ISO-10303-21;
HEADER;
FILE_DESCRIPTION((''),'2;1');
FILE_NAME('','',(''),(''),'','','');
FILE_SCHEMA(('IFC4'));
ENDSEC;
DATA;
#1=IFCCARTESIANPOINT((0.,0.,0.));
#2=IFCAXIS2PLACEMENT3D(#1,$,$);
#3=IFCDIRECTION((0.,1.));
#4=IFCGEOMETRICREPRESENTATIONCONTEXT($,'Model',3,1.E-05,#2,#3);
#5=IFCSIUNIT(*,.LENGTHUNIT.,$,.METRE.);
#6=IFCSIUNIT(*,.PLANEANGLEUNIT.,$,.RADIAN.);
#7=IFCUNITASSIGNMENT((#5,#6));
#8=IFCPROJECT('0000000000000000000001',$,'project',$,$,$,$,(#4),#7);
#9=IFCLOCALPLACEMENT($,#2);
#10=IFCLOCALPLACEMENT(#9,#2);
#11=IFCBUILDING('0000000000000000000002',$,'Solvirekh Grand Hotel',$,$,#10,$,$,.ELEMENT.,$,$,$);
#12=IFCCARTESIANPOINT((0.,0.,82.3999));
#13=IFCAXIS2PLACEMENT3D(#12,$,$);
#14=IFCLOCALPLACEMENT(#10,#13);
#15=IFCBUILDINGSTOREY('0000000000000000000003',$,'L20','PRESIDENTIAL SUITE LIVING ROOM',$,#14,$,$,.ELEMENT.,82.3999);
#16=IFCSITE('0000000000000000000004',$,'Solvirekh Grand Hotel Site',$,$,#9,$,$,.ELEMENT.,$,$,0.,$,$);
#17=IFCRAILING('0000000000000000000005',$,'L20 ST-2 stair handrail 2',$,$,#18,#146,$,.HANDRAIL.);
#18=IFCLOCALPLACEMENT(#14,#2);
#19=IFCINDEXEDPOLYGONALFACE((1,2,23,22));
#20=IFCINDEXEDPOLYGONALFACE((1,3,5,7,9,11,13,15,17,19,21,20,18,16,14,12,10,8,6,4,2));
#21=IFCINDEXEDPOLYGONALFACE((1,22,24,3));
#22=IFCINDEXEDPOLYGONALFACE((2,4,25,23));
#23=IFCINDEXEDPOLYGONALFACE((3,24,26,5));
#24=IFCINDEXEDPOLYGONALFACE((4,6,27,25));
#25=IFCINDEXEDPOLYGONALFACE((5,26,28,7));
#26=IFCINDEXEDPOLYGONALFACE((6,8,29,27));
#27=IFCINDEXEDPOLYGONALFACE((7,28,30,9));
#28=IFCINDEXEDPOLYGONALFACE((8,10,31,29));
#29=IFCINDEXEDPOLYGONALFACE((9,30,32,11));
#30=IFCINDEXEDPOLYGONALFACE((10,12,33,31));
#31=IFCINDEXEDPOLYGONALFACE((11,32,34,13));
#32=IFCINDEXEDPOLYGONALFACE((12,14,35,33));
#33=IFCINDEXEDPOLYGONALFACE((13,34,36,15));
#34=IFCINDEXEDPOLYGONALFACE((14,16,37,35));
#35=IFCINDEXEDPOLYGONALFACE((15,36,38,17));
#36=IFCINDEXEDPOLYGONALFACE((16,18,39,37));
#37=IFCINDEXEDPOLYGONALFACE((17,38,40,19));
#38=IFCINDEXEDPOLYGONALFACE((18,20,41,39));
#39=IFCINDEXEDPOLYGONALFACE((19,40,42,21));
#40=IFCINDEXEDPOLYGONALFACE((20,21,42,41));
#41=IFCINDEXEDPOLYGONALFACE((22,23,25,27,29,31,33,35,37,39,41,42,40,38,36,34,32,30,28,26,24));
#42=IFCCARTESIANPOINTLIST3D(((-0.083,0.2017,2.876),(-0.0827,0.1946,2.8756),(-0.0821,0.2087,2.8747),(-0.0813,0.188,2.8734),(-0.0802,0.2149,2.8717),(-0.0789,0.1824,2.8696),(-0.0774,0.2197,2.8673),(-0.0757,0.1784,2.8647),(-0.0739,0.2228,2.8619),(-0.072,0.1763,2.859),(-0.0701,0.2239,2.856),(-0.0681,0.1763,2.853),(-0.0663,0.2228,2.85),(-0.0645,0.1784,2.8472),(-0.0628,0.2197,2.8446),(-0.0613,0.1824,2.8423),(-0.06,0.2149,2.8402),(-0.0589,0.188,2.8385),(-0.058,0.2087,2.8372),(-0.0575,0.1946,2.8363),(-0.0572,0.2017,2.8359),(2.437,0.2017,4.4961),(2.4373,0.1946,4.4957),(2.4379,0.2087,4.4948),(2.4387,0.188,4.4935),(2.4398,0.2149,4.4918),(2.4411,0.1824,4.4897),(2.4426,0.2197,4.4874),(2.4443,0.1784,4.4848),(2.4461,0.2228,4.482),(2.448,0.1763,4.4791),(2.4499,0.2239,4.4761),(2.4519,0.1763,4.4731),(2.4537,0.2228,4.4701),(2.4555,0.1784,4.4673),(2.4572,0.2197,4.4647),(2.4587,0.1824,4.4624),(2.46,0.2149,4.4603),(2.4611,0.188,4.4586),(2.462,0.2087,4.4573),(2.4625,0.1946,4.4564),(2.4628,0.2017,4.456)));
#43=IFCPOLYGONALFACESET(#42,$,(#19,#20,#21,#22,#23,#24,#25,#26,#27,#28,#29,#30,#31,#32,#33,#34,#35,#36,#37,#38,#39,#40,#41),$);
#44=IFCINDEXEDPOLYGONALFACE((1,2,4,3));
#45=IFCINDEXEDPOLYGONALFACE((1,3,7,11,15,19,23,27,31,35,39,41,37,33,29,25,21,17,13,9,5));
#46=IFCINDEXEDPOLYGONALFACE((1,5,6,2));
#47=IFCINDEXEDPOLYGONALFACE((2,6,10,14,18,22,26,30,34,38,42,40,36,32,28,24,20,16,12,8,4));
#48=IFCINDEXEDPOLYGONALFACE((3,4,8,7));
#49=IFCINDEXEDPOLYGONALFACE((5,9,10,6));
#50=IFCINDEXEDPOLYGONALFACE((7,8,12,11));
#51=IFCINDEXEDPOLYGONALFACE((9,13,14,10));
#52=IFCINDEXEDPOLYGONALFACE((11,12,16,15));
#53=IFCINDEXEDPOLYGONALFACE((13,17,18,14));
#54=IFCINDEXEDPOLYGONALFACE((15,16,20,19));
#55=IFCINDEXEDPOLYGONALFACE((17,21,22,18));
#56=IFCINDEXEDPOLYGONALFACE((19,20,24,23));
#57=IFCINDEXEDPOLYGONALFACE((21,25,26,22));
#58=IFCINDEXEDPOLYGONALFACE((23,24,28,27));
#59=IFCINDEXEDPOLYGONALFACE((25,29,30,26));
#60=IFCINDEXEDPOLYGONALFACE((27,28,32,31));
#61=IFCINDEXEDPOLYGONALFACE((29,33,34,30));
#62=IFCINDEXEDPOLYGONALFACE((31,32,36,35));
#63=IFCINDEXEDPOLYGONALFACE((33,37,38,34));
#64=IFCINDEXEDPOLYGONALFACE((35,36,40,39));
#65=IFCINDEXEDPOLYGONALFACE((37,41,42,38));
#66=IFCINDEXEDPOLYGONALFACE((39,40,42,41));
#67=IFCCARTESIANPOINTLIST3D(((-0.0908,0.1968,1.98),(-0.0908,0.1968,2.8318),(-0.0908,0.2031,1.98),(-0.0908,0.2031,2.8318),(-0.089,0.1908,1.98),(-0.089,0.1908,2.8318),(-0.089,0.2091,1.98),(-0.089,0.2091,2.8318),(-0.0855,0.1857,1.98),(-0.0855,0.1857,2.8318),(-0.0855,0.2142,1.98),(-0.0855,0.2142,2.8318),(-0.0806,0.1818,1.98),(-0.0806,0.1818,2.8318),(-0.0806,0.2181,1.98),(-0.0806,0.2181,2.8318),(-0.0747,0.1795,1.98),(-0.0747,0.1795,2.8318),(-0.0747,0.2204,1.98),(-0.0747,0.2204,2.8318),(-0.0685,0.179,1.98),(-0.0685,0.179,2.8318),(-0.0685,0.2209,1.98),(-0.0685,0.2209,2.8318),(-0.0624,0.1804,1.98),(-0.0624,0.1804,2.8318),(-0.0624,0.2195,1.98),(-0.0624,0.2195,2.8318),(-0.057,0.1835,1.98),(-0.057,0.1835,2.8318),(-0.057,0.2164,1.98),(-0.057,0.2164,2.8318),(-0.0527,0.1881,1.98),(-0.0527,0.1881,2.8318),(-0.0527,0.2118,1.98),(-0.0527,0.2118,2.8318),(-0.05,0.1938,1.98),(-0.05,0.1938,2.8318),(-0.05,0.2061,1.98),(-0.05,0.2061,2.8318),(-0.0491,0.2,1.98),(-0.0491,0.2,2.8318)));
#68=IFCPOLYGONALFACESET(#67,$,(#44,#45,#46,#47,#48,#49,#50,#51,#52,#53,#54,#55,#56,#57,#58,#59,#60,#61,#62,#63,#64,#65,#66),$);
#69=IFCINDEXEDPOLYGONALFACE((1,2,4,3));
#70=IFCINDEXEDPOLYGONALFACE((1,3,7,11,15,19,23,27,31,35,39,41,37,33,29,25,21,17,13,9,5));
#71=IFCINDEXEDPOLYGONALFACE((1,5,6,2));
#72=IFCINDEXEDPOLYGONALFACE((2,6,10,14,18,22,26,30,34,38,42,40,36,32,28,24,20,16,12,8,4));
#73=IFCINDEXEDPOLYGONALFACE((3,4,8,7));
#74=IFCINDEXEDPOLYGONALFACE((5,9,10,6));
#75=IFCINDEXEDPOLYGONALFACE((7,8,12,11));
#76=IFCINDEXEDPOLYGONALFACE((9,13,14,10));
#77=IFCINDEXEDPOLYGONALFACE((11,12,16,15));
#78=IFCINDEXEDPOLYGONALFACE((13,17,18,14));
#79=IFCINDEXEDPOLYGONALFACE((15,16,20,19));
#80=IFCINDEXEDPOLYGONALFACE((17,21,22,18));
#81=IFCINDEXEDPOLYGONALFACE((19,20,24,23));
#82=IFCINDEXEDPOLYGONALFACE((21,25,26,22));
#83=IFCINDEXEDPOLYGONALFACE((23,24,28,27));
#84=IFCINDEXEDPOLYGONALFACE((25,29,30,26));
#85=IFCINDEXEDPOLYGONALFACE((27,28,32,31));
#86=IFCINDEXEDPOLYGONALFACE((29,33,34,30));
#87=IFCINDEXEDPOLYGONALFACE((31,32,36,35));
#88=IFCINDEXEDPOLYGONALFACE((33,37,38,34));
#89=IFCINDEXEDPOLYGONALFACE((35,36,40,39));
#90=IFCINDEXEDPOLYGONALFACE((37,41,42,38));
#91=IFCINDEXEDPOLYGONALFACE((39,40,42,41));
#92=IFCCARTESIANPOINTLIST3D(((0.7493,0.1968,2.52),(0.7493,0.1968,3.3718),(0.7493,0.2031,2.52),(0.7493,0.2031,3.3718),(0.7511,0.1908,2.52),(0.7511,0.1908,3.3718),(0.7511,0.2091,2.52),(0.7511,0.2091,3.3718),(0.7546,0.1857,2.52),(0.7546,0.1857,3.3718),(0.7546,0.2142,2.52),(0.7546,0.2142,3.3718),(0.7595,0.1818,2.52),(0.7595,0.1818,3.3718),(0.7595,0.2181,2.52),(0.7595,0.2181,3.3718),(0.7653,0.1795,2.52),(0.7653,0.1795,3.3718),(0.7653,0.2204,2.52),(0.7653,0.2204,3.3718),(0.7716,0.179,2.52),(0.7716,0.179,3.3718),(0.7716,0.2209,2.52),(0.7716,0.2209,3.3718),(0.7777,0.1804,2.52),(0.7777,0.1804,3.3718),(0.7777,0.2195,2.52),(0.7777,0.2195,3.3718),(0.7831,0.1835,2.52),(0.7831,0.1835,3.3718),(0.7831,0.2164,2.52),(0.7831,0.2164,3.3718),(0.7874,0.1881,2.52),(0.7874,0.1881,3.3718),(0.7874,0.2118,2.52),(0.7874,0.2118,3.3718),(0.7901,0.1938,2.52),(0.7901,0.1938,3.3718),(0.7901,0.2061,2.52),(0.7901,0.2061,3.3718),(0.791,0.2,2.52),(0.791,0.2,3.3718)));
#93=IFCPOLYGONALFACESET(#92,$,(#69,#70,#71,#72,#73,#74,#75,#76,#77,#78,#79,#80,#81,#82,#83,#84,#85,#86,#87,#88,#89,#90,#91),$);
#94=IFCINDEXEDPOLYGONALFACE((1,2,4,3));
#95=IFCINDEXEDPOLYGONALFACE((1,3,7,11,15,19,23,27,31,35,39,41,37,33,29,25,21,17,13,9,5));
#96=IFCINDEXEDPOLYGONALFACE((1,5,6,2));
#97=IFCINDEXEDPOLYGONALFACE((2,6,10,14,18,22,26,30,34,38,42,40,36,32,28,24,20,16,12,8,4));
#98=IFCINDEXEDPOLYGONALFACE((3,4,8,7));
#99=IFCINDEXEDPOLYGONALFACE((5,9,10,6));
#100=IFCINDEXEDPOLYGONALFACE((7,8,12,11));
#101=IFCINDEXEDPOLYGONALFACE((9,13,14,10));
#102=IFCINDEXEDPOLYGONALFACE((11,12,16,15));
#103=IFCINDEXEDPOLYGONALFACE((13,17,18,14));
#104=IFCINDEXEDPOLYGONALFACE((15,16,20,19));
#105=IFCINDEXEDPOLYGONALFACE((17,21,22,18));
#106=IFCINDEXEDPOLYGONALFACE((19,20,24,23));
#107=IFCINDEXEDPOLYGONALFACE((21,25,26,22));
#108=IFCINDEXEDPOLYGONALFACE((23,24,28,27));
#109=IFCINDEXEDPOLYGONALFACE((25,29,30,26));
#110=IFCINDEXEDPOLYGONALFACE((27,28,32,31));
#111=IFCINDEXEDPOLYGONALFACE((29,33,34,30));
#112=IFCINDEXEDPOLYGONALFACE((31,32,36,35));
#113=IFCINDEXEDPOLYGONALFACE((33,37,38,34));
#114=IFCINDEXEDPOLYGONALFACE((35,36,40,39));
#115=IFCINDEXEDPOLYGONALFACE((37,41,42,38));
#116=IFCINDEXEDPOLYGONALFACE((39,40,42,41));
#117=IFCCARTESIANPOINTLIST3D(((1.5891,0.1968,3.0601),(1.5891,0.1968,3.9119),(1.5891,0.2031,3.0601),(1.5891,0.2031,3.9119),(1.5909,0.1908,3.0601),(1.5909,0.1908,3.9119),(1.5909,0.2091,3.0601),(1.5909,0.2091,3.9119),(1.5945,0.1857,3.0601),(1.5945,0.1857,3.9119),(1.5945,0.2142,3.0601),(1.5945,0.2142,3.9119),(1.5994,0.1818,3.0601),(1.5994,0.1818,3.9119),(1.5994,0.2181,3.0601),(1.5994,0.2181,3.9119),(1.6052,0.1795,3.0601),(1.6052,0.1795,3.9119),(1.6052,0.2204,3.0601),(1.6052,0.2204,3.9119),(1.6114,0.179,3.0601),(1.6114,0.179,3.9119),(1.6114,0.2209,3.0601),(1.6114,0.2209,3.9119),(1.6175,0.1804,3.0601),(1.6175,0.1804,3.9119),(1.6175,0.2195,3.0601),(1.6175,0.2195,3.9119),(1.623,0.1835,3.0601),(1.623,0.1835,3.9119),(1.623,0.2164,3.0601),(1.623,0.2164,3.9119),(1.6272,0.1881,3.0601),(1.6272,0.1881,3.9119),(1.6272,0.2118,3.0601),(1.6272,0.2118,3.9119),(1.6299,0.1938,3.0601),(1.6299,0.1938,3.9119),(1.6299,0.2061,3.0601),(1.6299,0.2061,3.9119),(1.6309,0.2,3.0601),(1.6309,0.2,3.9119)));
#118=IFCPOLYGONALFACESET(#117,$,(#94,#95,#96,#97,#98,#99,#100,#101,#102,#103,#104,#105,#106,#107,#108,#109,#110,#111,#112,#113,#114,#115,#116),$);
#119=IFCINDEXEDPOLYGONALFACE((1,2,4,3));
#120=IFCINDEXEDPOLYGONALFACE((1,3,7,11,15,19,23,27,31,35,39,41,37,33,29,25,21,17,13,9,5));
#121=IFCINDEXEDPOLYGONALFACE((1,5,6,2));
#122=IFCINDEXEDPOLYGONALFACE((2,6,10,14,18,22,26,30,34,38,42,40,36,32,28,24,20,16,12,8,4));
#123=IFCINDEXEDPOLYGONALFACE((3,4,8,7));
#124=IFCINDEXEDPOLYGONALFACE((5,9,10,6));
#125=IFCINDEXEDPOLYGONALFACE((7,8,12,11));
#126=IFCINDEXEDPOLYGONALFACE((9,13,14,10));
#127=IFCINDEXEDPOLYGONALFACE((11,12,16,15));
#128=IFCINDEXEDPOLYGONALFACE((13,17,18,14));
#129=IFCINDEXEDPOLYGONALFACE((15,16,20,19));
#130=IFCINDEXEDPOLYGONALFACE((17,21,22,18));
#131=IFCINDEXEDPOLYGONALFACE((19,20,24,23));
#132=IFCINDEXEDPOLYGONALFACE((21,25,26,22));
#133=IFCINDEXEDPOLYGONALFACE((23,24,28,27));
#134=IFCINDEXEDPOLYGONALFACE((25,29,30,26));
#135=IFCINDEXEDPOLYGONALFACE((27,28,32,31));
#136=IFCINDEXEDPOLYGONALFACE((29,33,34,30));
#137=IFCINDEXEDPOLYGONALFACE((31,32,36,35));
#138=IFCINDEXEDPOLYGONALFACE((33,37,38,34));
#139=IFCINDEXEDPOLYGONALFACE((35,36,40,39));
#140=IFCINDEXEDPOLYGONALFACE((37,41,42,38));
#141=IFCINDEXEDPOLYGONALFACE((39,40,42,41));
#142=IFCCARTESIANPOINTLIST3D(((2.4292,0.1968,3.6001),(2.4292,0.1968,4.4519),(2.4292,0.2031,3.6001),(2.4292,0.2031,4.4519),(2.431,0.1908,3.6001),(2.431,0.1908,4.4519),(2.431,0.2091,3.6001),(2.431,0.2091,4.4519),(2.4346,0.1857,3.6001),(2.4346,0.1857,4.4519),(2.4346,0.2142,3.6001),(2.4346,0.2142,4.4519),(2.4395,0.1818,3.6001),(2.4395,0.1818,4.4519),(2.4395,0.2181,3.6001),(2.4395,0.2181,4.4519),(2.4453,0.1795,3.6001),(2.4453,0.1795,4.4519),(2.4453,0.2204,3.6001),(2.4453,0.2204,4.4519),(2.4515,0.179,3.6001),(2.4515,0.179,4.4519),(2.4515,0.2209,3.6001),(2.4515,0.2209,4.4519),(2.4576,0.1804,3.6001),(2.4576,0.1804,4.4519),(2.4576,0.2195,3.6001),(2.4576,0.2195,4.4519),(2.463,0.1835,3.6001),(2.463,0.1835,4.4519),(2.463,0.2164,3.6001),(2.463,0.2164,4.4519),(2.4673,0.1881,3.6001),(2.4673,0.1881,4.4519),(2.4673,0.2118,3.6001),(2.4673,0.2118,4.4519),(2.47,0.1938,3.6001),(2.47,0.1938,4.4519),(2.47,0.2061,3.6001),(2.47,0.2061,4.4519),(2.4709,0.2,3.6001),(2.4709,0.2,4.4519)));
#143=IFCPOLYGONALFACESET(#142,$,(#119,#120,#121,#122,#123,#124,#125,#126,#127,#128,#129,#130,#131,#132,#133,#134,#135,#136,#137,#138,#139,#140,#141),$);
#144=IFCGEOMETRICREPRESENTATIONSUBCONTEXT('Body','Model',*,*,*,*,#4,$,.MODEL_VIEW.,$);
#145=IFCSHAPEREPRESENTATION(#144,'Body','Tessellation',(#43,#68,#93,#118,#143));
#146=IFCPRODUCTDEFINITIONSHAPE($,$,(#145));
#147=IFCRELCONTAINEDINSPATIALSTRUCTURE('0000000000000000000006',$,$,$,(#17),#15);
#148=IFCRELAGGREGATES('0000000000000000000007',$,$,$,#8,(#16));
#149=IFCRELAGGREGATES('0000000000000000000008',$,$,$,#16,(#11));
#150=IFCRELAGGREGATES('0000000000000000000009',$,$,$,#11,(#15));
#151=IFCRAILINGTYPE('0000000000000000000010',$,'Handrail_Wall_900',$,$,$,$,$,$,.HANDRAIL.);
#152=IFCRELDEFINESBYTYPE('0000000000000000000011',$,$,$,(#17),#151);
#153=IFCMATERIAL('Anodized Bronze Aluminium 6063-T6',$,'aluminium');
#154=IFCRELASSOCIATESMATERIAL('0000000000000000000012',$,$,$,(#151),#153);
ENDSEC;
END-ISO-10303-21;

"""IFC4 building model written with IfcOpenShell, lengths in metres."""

from ifc_helpers import new_model, si_unit, direction, frame, origin, origin_2d, place, context, subcontext, project, spatial, circle, extrude, material, type_object, element, save


model = new_model("IFC4")

# Units and contexts
model_context = context("Model", 3, precision=1e-05, world=origin(), true_north=direction((0.0, 1.0)))
body_context = subcontext(model_context, "Body", "Model", "MODEL_VIEW")
ifc_project = project(units=[si_unit("LENGTHUNIT", "METRE"), si_unit("PLANEANGLEUNIT", "RADIAN")], contexts=[model_context])

# Site, building, storey
site_placement = place(None, origin())
site = spatial("IfcSite", under=ifc_project, at=site_placement, Name="Solvirekh Grand Hotel Site", CompositionType="ELEMENT", RefElevation=0.0)
building_placement = place(site_placement, origin())
building = spatial("IfcBuilding", under=site, at=building_placement, Name="Solvirekh Grand Hotel", CompositionType="ELEMENT")
storey_placement = place(building_placement, frame((0.0, 0.0, 82.3999)))
storey = spatial("IfcBuildingStorey", under=building, at=storey_placement, Name="L20", Description="PRESIDENTIAL SUITE LIVING ROOM", CompositionType="ELEMENT", Elevation=82.3999)

# Shared definitions
ifc_material_1 = material(Name="Anodized Bronze Aluminium 6063-T6", Category="aluminium")

# Railing
railing_type_1 = type_object("IfcRailingType", Name="Handrail_Wall_900", PredefinedType="HANDRAIL", material=ifc_material_1)
railing_1_placement = place(storey_placement, frame((-0.0701, 0.2, 1.98)))
element("IfcRailing", 1, at=railing_1_placement, inside=storey, type_object=railing_type_1, Name="L20 ST-2 stair handrail 2", PredefinedType="HANDRAIL", context=body_context, shape_type="SweptSolid", body=[
    extrude(circle(Radius=0.0239, at=origin_2d()), frame((0.0, 0.0, 0.876), z_axis=(0.841163, 0.0, 0.540782), x_axis=(0.0, 1.0, 0.0)), (0.0, 0.0, 1.0), 2.9958),
    extrude(circle(Radius=0.021, at=origin_2d()), origin(), (0.0, 0.0, 1.0), 0.8518),
    extrude(circle(Radius=0.021, at=origin_2d()), frame((0.8401, 0.0, 0.54)), (0.0, 0.0, 1.0), 0.8518),
    extrude(circle(Radius=0.021, at=origin_2d()), frame((1.6799, 0.0, 1.0801)), (0.0, 0.0, 1.0), 0.8518),
    extrude(circle(Radius=0.021, at=origin_2d()), frame((2.52, 0.0, 1.6201)), (0.0, 0.0, 1.0), 0.8518),
])

save(model, "model.ifc")
